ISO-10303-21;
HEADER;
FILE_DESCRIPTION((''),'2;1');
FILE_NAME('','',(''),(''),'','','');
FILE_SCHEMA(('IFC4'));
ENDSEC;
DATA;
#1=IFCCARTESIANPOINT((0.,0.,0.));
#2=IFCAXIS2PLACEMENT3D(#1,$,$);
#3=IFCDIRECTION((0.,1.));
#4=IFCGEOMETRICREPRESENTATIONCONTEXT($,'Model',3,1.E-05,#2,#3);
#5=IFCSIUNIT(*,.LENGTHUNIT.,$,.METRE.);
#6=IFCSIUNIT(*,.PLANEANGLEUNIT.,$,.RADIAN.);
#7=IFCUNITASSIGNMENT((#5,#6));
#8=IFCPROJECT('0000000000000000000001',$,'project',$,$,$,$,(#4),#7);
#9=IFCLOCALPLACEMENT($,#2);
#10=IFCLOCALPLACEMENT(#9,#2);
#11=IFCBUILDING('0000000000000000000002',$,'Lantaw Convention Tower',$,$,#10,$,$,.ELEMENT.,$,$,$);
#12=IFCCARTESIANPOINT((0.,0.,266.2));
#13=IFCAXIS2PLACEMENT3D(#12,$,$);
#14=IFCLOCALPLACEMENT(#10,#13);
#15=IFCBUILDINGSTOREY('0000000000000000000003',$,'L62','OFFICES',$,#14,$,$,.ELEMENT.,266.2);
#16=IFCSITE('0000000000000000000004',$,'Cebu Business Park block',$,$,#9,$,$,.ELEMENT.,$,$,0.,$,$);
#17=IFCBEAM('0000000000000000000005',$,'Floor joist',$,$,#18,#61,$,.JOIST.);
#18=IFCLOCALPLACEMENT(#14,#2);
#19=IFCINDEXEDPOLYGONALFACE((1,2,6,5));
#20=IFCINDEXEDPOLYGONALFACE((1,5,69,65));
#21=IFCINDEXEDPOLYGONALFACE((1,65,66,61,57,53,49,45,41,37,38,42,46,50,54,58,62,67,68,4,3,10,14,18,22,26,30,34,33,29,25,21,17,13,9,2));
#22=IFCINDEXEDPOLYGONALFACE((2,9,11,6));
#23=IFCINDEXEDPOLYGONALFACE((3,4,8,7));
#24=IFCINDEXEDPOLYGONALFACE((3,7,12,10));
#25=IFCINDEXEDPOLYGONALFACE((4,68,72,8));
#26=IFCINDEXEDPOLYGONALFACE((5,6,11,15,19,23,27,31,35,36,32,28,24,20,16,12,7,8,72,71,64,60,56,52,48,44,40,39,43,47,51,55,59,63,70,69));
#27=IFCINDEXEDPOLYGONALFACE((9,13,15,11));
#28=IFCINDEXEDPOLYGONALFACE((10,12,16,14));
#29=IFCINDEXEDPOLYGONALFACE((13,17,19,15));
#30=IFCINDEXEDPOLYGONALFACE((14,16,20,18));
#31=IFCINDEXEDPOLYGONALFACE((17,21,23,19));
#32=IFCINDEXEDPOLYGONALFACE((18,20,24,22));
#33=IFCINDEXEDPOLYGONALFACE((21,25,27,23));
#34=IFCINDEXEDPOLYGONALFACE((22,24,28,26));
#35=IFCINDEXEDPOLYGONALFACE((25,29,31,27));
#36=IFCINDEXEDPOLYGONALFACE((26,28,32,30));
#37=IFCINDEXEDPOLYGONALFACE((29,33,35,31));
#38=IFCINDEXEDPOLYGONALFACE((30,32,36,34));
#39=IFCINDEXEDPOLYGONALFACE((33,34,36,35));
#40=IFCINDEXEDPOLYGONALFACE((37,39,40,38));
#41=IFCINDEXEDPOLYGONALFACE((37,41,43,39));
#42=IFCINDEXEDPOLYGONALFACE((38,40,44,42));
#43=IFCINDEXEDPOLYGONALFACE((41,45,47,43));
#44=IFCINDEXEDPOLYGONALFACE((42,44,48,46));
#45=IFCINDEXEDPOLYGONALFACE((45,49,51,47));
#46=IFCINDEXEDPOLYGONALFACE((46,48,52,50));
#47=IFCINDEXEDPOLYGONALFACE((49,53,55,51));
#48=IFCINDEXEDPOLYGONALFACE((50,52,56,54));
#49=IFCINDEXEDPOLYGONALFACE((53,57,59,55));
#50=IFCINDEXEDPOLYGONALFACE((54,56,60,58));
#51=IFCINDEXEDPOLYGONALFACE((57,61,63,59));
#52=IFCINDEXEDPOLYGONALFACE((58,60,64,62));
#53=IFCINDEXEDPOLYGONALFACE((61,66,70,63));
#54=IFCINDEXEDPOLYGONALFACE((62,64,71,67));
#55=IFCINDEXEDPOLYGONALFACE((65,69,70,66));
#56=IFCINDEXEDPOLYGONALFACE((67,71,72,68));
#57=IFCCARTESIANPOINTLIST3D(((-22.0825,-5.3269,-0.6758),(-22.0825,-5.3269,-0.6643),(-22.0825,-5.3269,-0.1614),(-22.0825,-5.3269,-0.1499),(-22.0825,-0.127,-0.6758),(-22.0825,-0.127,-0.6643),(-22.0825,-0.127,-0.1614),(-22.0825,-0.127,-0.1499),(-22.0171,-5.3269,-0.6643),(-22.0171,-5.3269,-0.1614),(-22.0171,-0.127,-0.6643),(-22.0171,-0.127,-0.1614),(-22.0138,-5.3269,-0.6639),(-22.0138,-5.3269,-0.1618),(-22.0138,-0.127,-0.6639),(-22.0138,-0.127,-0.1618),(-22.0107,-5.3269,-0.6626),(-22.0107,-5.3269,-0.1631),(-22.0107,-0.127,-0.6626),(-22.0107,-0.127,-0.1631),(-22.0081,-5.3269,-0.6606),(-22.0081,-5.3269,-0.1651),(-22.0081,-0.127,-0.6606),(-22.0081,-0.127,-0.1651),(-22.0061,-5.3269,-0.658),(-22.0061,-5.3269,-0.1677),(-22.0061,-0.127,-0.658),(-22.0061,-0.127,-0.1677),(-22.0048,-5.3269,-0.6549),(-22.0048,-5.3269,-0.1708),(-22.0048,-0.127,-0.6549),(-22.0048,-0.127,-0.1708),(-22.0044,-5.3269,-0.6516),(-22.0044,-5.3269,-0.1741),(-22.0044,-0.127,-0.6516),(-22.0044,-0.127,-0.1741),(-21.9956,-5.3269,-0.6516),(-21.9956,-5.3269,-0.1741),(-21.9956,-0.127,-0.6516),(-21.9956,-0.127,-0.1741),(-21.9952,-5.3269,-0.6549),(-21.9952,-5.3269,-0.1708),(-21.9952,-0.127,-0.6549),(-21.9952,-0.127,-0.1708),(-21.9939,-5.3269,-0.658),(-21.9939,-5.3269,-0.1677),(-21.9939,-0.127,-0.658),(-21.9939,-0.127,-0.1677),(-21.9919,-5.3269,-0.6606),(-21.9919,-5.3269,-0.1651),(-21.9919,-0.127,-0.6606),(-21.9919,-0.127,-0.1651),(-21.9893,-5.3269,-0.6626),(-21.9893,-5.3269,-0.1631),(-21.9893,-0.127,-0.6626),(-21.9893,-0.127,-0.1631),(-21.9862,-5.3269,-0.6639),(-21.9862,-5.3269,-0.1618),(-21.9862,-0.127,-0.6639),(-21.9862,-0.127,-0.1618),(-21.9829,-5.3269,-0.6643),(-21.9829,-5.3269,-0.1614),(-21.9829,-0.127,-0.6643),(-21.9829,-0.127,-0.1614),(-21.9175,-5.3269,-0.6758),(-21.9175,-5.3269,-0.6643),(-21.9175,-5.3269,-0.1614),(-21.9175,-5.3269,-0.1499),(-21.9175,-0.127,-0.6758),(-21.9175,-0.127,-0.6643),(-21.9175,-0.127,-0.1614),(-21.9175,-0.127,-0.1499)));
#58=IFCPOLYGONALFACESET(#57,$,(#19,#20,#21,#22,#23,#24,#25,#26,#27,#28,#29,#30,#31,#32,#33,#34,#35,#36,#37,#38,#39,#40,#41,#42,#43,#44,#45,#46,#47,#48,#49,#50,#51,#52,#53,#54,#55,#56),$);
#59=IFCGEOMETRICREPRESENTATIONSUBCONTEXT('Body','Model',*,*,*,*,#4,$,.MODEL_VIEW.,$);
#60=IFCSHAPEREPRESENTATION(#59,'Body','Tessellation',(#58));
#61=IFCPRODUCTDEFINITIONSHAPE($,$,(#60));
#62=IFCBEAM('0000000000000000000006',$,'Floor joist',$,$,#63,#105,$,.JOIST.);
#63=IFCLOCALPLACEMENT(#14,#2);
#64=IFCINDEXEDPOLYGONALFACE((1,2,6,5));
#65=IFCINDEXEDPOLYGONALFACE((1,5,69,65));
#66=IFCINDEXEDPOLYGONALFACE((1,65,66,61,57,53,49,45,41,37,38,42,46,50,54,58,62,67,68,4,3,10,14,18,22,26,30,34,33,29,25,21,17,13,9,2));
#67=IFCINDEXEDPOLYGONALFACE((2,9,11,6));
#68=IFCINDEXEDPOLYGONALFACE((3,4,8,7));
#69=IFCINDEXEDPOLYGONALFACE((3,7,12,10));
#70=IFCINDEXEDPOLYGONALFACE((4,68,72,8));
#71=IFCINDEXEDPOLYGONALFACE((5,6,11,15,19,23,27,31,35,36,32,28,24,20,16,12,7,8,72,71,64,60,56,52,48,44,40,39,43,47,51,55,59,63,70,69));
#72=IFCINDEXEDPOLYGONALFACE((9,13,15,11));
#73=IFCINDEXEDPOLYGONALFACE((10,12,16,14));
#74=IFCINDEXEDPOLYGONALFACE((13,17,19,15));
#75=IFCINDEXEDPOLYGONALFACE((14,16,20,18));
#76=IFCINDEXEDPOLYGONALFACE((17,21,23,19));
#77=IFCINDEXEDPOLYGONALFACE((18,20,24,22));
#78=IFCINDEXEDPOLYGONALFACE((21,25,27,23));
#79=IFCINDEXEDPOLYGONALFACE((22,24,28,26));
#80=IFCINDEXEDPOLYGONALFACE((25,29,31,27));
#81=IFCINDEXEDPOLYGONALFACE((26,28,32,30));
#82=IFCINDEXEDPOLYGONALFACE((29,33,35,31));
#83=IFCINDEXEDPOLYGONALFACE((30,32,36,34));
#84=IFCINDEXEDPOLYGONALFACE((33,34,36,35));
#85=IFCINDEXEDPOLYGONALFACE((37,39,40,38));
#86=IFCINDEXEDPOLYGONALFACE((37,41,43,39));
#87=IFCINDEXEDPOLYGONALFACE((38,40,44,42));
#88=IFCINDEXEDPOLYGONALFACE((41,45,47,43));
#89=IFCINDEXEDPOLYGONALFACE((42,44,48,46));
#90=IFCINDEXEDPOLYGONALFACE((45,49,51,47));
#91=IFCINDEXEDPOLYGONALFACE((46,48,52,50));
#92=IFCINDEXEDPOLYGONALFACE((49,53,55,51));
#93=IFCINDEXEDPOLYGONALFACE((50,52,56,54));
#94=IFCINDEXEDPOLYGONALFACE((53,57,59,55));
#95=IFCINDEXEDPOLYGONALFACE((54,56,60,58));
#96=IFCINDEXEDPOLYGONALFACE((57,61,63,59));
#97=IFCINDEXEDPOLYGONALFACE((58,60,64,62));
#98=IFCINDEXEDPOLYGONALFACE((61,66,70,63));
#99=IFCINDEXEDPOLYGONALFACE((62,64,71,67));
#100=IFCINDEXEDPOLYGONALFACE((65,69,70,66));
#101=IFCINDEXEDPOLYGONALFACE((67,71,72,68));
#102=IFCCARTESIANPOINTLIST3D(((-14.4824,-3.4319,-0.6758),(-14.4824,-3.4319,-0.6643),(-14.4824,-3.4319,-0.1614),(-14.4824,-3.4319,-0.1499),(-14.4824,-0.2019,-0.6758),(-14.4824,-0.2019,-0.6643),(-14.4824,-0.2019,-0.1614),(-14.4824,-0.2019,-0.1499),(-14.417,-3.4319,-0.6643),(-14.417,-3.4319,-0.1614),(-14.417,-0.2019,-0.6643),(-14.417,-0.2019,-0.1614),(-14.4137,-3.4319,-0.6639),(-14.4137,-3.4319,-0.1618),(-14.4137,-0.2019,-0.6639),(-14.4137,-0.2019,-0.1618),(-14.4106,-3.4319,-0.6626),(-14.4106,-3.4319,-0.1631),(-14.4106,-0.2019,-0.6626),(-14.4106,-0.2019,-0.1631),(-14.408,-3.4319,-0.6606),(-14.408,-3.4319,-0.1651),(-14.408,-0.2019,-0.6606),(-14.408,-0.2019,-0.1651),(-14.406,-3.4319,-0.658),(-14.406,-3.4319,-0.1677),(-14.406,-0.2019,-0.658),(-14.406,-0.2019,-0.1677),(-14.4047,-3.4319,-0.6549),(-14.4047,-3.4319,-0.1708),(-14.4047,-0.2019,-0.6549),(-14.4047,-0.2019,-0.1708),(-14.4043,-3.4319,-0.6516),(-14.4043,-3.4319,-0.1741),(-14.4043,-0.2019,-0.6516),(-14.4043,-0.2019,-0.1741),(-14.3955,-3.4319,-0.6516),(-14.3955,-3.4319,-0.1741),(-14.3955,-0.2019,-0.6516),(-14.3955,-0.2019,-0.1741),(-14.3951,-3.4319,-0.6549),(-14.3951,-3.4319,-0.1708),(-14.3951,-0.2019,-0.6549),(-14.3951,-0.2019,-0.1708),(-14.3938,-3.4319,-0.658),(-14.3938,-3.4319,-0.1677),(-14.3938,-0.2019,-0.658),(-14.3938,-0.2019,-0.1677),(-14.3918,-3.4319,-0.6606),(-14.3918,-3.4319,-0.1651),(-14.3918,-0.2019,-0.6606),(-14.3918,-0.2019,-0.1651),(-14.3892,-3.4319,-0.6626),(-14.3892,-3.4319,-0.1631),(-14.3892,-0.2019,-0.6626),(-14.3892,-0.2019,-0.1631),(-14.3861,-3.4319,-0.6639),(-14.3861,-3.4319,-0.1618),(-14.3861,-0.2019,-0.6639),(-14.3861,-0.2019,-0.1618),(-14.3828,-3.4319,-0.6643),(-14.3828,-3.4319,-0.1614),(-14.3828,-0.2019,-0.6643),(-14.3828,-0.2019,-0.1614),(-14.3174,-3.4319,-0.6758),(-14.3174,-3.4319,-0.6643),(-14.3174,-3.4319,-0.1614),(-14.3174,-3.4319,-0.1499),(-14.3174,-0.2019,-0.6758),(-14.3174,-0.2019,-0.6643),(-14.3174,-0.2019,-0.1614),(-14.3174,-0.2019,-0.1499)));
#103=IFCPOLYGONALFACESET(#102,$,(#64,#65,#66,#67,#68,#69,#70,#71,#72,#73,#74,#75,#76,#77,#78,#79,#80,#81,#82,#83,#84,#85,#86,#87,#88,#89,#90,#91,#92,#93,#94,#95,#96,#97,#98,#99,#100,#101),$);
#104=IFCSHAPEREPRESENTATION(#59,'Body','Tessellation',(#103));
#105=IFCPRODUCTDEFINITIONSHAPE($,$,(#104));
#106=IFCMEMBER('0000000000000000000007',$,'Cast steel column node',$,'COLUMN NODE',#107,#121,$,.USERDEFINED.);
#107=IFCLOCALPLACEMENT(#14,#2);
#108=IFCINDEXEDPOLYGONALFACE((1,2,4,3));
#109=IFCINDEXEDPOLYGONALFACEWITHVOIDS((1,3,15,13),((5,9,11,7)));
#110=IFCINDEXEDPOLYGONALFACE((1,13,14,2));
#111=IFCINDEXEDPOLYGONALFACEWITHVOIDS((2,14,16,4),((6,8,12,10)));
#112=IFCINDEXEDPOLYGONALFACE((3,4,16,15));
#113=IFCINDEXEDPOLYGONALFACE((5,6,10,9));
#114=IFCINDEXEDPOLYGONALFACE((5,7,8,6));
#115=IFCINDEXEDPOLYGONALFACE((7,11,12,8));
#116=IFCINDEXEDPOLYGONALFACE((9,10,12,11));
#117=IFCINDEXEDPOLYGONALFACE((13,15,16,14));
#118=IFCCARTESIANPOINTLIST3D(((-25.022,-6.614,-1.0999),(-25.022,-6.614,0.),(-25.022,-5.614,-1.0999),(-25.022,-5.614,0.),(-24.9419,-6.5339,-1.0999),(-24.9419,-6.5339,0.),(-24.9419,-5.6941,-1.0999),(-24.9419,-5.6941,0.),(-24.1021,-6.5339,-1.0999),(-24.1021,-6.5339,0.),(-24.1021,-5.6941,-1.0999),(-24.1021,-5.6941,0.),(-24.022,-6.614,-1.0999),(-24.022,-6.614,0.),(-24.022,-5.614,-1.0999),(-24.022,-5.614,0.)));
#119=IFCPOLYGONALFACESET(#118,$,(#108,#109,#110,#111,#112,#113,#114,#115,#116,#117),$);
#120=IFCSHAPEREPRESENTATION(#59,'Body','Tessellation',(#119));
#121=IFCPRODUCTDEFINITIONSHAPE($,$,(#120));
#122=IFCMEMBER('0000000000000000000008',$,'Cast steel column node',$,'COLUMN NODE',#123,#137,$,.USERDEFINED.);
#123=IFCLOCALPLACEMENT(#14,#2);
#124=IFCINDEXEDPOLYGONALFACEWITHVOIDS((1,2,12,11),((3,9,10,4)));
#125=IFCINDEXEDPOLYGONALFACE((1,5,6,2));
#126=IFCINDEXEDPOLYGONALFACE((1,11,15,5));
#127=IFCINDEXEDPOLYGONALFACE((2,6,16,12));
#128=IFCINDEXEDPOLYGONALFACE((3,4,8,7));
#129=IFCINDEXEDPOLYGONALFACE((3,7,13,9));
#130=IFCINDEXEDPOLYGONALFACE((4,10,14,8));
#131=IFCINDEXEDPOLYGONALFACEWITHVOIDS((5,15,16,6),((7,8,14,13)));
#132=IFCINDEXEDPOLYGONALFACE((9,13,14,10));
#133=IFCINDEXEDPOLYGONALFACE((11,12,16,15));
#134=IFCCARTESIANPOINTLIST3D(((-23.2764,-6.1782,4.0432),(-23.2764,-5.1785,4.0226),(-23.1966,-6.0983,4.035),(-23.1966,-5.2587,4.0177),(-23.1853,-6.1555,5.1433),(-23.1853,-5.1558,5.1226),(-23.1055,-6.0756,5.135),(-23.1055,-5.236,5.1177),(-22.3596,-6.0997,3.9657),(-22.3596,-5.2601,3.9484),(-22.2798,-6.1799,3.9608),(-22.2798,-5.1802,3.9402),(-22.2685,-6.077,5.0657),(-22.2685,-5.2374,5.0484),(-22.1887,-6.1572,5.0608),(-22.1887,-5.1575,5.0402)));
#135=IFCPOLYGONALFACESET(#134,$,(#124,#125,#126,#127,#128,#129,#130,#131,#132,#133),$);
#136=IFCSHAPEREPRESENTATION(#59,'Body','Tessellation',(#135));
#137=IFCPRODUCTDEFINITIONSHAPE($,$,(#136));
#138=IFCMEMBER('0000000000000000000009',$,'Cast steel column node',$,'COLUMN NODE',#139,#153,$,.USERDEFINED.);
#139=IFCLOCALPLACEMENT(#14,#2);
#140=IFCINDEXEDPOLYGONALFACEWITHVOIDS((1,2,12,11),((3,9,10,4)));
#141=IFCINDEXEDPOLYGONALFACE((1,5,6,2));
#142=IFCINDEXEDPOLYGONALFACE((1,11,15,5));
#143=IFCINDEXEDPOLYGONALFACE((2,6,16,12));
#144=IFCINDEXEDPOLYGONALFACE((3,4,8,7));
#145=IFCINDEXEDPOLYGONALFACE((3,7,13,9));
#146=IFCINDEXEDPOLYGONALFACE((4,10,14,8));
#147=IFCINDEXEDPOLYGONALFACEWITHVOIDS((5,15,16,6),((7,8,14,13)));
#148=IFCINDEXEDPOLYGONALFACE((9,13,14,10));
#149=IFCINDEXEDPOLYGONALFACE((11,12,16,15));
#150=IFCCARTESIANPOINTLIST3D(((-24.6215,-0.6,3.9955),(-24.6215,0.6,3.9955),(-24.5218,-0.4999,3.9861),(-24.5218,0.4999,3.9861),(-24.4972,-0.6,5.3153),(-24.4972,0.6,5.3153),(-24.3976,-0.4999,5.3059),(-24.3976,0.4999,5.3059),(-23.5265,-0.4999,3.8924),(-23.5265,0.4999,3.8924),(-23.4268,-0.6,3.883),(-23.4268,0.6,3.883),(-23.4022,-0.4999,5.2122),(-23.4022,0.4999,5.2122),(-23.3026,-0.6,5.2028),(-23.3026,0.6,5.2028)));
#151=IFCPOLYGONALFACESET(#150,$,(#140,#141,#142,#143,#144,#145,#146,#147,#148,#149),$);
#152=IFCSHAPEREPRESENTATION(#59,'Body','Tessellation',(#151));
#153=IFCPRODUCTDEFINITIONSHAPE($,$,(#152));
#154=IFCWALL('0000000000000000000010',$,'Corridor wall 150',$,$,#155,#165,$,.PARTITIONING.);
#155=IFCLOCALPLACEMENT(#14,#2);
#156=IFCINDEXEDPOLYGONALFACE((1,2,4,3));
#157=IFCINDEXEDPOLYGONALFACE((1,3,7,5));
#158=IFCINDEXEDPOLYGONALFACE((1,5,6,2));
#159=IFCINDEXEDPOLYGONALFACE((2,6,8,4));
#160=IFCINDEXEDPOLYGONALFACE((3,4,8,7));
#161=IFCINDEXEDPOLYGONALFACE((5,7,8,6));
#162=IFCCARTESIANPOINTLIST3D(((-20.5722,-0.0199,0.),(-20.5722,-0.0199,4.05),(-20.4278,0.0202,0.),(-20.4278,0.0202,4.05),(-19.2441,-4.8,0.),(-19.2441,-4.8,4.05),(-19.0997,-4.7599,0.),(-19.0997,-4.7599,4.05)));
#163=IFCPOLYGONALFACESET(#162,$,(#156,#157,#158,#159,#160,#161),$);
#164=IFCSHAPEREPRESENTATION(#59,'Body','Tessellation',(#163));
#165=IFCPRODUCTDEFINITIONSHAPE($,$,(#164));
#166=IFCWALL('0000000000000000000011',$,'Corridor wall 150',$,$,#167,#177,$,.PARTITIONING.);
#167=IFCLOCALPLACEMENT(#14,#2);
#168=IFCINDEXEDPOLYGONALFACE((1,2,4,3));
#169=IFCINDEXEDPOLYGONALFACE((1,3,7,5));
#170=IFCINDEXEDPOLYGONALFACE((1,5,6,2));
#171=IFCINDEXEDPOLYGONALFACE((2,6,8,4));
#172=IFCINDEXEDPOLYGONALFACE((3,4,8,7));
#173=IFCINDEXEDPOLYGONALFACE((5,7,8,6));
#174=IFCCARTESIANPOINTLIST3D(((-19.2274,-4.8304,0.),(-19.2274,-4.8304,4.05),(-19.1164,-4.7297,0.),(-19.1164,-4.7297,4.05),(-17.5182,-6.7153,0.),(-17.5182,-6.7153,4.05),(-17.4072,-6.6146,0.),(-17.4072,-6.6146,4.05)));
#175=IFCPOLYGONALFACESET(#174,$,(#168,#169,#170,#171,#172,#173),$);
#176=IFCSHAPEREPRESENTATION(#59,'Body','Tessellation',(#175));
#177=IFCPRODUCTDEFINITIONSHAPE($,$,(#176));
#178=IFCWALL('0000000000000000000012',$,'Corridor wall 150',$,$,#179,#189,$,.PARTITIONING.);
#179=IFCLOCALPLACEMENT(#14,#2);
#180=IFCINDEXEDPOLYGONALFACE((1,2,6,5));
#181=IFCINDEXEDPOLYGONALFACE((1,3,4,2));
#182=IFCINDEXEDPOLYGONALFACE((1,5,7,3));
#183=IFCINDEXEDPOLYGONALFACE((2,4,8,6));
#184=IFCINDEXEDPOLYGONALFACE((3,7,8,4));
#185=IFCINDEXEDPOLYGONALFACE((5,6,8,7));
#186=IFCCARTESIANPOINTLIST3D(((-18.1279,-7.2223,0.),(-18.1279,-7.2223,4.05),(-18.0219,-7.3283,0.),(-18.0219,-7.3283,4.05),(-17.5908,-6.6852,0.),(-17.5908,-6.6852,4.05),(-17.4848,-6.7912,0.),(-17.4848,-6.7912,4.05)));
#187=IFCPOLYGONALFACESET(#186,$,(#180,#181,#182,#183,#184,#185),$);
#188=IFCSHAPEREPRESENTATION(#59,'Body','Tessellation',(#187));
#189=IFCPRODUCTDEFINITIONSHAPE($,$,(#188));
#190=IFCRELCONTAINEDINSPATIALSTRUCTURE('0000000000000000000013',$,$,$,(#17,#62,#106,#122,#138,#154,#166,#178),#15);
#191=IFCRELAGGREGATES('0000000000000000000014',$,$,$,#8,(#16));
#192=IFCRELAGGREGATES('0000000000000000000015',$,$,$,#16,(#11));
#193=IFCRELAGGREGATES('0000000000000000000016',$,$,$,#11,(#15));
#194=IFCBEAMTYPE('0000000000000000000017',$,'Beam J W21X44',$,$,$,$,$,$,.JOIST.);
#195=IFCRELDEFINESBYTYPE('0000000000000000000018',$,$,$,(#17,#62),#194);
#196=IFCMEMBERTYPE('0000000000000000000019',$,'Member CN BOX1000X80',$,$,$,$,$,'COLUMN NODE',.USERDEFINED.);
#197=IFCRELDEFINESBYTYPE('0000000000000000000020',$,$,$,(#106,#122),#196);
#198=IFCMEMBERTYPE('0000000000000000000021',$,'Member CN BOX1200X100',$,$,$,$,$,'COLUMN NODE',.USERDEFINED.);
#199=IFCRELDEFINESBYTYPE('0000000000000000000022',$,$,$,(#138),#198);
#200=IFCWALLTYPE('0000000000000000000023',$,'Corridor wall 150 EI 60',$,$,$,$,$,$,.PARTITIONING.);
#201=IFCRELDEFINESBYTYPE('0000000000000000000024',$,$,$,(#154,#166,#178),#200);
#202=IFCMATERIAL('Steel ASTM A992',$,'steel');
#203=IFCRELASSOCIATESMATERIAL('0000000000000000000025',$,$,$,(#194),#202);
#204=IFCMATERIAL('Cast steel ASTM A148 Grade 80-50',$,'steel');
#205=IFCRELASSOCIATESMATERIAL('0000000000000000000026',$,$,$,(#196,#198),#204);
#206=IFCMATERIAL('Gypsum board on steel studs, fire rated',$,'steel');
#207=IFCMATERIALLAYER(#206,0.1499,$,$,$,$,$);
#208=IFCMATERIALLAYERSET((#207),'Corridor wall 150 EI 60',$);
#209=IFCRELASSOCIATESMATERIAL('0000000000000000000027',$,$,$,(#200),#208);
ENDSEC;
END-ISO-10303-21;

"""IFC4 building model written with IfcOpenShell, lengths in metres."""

from ifc_helpers import new_model, si_unit, direction, frame, frame_2d, origin, origin_2d, place, context, subcontext, project, spatial, rectangle, hollow_rectangle, i_section, extrude, material, layer, layer_set, material_profile, profile_set, type_object, element, save


model = new_model("IFC4")

# Units and contexts
model_context = context("Model", 3, precision=1e-05, world=origin(), true_north=direction((0.0, 1.0)))
body_context = subcontext(model_context, "Body", "Model", "MODEL_VIEW")
ifc_project = project(units=[si_unit("LENGTHUNIT", "METRE"), si_unit("PLANEANGLEUNIT", "RADIAN")], contexts=[model_context])

# Site, building, storey
site_placement = place(None, origin())
site = spatial("IfcSite", under=ifc_project, at=site_placement, Name="Cebu Business Park block", CompositionType="ELEMENT", RefElevation=0.0)
building_placement = place(site_placement, origin())
building = spatial("IfcBuilding", under=site, at=building_placement, Name="Lantaw Convention Tower", CompositionType="ELEMENT")
storey_placement = place(building_placement, frame((0.0, 0.0, 266.2)))
storey = spatial("IfcBuildingStorey", under=building, at=storey_placement, Name="L62", Description="OFFICES", CompositionType="ELEMENT", Elevation=266.2)

# Beams
ifc_material_1 = material(Name="Steel ASTM A992", Category="steel")
ifc_material_profile_1 = material_profile(ifc_material_1, i_section(OverallWidth=0.165, OverallDepth=0.5259, WebThickness=0.0088, FlangeThickness=0.0115, FilletRadius=0.0127, at=origin_2d()), Name="W21X44")
ifc_profile_set_1 = profile_set([ifc_material_profile_1], Name="Steel ASTM A992")
beam_type_1 = type_object("IfcBeamType", Name="Beam J W21X44", PredefinedType="JOIST", material=ifc_profile_set_1)
beam_1_placement = place(storey_placement, frame((-22.0, -5.3269, -0.4128), z_axis=(0.0, 1.0, 0.0), x_axis=(-1.0, 0.0, 0.0)))
element("IfcBeam", 1, at=beam_1_placement, inside=storey, type_object=beam_type_1, Name="Floor joist", PredefinedType="JOIST", context=body_context, shape_type="SweptSolid", body=[
    extrude(i_section(OverallWidth=0.165, OverallDepth=0.5259, WebThickness=0.0088, FlangeThickness=0.0115, FilletRadius=0.0127, at=origin_2d()), origin(), (0.0, 0.0, 1.0), 5.2),
])
beam_2_placement = place(storey_placement, frame((-14.3999, -3.4319, -0.4128), z_axis=(0.0, 1.0, 0.0), x_axis=(-1.0, 0.0, 0.0)))
element("IfcBeam", 2, at=beam_2_placement, inside=storey, type_object=beam_type_1, Name="Floor joist", PredefinedType="JOIST", context=body_context, shape_type="SweptSolid", body=[
    extrude(i_section(OverallWidth=0.165, OverallDepth=0.5259, WebThickness=0.0088, FlangeThickness=0.0115, FilletRadius=0.0127, at=origin_2d()), origin(), (0.0, 0.0, 1.0), 3.23),
])

# Members
ifc_material_2 = material(Name="Cast steel ASTM A148 Grade 80-50", Category="steel")
ifc_material_profile_2 = material_profile(ifc_material_2, hollow_rectangle(XDim=1.0, YDim=1.0, WallThickness=0.0801, at=origin_2d()), Name="BOX1000X80")
ifc_profile_set_2 = profile_set([ifc_material_profile_2], Name="Cast steel ASTM A148 Grade 80-50")
member_type_1 = type_object("IfcMemberType", Name="Member CN BOX1000X80", ElementType="COLUMN NODE", PredefinedType="USERDEFINED", material=ifc_profile_set_2)
member_1_placement = place(storey_placement, frame((-24.522, -6.114, -1.0999), z_axis=(0.0, 0.0, 1.0), x_axis=(1.0, 0.0, 0.0)))
element("IfcMember", 3, at=member_1_placement, inside=storey, type_object=member_type_1, Name="Cast steel column node", ObjectType="COLUMN NODE", PredefinedType="USERDEFINED", context=body_context, shape_type="SweptSolid", body=[
    extrude(hollow_rectangle(XDim=1.0, YDim=1.0, WallThickness=0.0801, at=origin_2d()), origin(), (0.0, 0.0, 1.0), 1.0999),
])
member_2_placement = place(storey_placement, frame((-22.7781, -5.6792, 3.9917), z_axis=(0.082479, 0.020564, 0.996381), x_axis=(0.996593, -0.001698, -0.082461)))
element("IfcMember", 4, at=member_2_placement, inside=storey, type_object=member_type_1, Name="Cast steel column node", ObjectType="COLUMN NODE", PredefinedType="USERDEFINED", context=body_context, shape_type="SweptSolid", body=[
    extrude(hollow_rectangle(XDim=1.0, YDim=1.0, WallThickness=0.0801, at=origin_2d()), origin(), (0.0, 0.0, 1.0), 1.104),
])
ifc_material_profile_3 = material_profile(ifc_material_2, hollow_rectangle(XDim=1.2, YDim=1.2, WallThickness=0.1001, at=origin_2d()), Name="BOX1200X100")
ifc_profile_set_3 = profile_set([ifc_material_profile_3], Name="Cast steel ASTM A148 Grade 80-50")
member_type_2 = type_object("IfcMemberType", Name="Member CN BOX1200X100", ElementType="COLUMN NODE", PredefinedType="USERDEFINED", material=ifc_profile_set_3)
member_3_placement = place(storey_placement, frame((-24.0242, 0.0, 3.9392), z_axis=(0.09374, 0.0, 0.995597), x_axis=(0.995597, 0.0, -0.09374)))
element("IfcMember", 5, at=member_3_placement, inside=storey, type_object=member_type_2, Name="Cast steel column node", ObjectType="COLUMN NODE", PredefinedType="USERDEFINED", context=body_context, shape_type="SweptSolid", body=[
    extrude(hollow_rectangle(XDim=1.2, YDim=1.2, WallThickness=0.1001, at=origin_2d()), origin(), (0.0, 0.0, 1.0), 1.3257),
])

# Walls
ifc_material_3 = material(Name="Gypsum board on steel studs, fire rated", Category="steel")
ifc_layer_1 = layer(ifc_material_3, 0.1499)
ifc_layer_set_1 = layer_set([ifc_layer_1], Name="Corridor wall 150 EI 60")
wall_type_1 = type_object("IfcWallType", Name="Corridor wall 150 EI 60", PredefinedType="PARTITIONING", material=ifc_layer_set_1)
wall_1_placement = place(storey_placement, frame((-20.5, 0.0, 0.0), z_axis=(0.0, 0.0, 1.0), x_axis=(0.267707, -0.9635, 0.0)))
element("IfcWall", 6, at=wall_1_placement, inside=storey, type_object=wall_type_1, Name="Corridor wall 150", PredefinedType="PARTITIONING", context=body_context, shape_type="SweptSolid", body=[
    extrude(rectangle(XDim=4.9612, YDim=0.1499, at=frame_2d((2.4805, 0.0))), origin(), (0.0, 0.0, 1.0), 4.05),
])
wall_2_placement = place(storey_placement, frame((-19.1719, -4.78, 0.0), z_axis=(0.0, 0.0, 1.0), x_axis=(0.671722, -0.740803, 0.0)))
element("IfcWall", 7, at=wall_2_placement, inside=storey, type_object=wall_type_1, Name="Corridor wall 150", PredefinedType="PARTITIONING", context=body_context, shape_type="SweptSolid", body=[
    extrude(rectangle(XDim=2.5444, YDim=0.1499, at=frame_2d((1.2722, 0.0))), origin(), (0.0, 0.0, 1.0), 4.05),
])
wall_3_placement = place(storey_placement, frame((-18.075, -7.2754, 0.0), z_axis=(0.0, 0.0, 1.0), x_axis=(0.707107, 0.707107, 0.0)))
element("IfcWall", 8, at=wall_3_placement, inside=storey, type_object=wall_type_1, Name="Corridor wall 150", PredefinedType="PARTITIONING", context=body_context, shape_type="SweptSolid", body=[
    extrude(rectangle(XDim=0.7595, YDim=0.1499, at=frame_2d((0.3799, 0.0))), origin(), (0.0, 0.0, 1.0), 4.05),
])

save(model, "model.ifc")
